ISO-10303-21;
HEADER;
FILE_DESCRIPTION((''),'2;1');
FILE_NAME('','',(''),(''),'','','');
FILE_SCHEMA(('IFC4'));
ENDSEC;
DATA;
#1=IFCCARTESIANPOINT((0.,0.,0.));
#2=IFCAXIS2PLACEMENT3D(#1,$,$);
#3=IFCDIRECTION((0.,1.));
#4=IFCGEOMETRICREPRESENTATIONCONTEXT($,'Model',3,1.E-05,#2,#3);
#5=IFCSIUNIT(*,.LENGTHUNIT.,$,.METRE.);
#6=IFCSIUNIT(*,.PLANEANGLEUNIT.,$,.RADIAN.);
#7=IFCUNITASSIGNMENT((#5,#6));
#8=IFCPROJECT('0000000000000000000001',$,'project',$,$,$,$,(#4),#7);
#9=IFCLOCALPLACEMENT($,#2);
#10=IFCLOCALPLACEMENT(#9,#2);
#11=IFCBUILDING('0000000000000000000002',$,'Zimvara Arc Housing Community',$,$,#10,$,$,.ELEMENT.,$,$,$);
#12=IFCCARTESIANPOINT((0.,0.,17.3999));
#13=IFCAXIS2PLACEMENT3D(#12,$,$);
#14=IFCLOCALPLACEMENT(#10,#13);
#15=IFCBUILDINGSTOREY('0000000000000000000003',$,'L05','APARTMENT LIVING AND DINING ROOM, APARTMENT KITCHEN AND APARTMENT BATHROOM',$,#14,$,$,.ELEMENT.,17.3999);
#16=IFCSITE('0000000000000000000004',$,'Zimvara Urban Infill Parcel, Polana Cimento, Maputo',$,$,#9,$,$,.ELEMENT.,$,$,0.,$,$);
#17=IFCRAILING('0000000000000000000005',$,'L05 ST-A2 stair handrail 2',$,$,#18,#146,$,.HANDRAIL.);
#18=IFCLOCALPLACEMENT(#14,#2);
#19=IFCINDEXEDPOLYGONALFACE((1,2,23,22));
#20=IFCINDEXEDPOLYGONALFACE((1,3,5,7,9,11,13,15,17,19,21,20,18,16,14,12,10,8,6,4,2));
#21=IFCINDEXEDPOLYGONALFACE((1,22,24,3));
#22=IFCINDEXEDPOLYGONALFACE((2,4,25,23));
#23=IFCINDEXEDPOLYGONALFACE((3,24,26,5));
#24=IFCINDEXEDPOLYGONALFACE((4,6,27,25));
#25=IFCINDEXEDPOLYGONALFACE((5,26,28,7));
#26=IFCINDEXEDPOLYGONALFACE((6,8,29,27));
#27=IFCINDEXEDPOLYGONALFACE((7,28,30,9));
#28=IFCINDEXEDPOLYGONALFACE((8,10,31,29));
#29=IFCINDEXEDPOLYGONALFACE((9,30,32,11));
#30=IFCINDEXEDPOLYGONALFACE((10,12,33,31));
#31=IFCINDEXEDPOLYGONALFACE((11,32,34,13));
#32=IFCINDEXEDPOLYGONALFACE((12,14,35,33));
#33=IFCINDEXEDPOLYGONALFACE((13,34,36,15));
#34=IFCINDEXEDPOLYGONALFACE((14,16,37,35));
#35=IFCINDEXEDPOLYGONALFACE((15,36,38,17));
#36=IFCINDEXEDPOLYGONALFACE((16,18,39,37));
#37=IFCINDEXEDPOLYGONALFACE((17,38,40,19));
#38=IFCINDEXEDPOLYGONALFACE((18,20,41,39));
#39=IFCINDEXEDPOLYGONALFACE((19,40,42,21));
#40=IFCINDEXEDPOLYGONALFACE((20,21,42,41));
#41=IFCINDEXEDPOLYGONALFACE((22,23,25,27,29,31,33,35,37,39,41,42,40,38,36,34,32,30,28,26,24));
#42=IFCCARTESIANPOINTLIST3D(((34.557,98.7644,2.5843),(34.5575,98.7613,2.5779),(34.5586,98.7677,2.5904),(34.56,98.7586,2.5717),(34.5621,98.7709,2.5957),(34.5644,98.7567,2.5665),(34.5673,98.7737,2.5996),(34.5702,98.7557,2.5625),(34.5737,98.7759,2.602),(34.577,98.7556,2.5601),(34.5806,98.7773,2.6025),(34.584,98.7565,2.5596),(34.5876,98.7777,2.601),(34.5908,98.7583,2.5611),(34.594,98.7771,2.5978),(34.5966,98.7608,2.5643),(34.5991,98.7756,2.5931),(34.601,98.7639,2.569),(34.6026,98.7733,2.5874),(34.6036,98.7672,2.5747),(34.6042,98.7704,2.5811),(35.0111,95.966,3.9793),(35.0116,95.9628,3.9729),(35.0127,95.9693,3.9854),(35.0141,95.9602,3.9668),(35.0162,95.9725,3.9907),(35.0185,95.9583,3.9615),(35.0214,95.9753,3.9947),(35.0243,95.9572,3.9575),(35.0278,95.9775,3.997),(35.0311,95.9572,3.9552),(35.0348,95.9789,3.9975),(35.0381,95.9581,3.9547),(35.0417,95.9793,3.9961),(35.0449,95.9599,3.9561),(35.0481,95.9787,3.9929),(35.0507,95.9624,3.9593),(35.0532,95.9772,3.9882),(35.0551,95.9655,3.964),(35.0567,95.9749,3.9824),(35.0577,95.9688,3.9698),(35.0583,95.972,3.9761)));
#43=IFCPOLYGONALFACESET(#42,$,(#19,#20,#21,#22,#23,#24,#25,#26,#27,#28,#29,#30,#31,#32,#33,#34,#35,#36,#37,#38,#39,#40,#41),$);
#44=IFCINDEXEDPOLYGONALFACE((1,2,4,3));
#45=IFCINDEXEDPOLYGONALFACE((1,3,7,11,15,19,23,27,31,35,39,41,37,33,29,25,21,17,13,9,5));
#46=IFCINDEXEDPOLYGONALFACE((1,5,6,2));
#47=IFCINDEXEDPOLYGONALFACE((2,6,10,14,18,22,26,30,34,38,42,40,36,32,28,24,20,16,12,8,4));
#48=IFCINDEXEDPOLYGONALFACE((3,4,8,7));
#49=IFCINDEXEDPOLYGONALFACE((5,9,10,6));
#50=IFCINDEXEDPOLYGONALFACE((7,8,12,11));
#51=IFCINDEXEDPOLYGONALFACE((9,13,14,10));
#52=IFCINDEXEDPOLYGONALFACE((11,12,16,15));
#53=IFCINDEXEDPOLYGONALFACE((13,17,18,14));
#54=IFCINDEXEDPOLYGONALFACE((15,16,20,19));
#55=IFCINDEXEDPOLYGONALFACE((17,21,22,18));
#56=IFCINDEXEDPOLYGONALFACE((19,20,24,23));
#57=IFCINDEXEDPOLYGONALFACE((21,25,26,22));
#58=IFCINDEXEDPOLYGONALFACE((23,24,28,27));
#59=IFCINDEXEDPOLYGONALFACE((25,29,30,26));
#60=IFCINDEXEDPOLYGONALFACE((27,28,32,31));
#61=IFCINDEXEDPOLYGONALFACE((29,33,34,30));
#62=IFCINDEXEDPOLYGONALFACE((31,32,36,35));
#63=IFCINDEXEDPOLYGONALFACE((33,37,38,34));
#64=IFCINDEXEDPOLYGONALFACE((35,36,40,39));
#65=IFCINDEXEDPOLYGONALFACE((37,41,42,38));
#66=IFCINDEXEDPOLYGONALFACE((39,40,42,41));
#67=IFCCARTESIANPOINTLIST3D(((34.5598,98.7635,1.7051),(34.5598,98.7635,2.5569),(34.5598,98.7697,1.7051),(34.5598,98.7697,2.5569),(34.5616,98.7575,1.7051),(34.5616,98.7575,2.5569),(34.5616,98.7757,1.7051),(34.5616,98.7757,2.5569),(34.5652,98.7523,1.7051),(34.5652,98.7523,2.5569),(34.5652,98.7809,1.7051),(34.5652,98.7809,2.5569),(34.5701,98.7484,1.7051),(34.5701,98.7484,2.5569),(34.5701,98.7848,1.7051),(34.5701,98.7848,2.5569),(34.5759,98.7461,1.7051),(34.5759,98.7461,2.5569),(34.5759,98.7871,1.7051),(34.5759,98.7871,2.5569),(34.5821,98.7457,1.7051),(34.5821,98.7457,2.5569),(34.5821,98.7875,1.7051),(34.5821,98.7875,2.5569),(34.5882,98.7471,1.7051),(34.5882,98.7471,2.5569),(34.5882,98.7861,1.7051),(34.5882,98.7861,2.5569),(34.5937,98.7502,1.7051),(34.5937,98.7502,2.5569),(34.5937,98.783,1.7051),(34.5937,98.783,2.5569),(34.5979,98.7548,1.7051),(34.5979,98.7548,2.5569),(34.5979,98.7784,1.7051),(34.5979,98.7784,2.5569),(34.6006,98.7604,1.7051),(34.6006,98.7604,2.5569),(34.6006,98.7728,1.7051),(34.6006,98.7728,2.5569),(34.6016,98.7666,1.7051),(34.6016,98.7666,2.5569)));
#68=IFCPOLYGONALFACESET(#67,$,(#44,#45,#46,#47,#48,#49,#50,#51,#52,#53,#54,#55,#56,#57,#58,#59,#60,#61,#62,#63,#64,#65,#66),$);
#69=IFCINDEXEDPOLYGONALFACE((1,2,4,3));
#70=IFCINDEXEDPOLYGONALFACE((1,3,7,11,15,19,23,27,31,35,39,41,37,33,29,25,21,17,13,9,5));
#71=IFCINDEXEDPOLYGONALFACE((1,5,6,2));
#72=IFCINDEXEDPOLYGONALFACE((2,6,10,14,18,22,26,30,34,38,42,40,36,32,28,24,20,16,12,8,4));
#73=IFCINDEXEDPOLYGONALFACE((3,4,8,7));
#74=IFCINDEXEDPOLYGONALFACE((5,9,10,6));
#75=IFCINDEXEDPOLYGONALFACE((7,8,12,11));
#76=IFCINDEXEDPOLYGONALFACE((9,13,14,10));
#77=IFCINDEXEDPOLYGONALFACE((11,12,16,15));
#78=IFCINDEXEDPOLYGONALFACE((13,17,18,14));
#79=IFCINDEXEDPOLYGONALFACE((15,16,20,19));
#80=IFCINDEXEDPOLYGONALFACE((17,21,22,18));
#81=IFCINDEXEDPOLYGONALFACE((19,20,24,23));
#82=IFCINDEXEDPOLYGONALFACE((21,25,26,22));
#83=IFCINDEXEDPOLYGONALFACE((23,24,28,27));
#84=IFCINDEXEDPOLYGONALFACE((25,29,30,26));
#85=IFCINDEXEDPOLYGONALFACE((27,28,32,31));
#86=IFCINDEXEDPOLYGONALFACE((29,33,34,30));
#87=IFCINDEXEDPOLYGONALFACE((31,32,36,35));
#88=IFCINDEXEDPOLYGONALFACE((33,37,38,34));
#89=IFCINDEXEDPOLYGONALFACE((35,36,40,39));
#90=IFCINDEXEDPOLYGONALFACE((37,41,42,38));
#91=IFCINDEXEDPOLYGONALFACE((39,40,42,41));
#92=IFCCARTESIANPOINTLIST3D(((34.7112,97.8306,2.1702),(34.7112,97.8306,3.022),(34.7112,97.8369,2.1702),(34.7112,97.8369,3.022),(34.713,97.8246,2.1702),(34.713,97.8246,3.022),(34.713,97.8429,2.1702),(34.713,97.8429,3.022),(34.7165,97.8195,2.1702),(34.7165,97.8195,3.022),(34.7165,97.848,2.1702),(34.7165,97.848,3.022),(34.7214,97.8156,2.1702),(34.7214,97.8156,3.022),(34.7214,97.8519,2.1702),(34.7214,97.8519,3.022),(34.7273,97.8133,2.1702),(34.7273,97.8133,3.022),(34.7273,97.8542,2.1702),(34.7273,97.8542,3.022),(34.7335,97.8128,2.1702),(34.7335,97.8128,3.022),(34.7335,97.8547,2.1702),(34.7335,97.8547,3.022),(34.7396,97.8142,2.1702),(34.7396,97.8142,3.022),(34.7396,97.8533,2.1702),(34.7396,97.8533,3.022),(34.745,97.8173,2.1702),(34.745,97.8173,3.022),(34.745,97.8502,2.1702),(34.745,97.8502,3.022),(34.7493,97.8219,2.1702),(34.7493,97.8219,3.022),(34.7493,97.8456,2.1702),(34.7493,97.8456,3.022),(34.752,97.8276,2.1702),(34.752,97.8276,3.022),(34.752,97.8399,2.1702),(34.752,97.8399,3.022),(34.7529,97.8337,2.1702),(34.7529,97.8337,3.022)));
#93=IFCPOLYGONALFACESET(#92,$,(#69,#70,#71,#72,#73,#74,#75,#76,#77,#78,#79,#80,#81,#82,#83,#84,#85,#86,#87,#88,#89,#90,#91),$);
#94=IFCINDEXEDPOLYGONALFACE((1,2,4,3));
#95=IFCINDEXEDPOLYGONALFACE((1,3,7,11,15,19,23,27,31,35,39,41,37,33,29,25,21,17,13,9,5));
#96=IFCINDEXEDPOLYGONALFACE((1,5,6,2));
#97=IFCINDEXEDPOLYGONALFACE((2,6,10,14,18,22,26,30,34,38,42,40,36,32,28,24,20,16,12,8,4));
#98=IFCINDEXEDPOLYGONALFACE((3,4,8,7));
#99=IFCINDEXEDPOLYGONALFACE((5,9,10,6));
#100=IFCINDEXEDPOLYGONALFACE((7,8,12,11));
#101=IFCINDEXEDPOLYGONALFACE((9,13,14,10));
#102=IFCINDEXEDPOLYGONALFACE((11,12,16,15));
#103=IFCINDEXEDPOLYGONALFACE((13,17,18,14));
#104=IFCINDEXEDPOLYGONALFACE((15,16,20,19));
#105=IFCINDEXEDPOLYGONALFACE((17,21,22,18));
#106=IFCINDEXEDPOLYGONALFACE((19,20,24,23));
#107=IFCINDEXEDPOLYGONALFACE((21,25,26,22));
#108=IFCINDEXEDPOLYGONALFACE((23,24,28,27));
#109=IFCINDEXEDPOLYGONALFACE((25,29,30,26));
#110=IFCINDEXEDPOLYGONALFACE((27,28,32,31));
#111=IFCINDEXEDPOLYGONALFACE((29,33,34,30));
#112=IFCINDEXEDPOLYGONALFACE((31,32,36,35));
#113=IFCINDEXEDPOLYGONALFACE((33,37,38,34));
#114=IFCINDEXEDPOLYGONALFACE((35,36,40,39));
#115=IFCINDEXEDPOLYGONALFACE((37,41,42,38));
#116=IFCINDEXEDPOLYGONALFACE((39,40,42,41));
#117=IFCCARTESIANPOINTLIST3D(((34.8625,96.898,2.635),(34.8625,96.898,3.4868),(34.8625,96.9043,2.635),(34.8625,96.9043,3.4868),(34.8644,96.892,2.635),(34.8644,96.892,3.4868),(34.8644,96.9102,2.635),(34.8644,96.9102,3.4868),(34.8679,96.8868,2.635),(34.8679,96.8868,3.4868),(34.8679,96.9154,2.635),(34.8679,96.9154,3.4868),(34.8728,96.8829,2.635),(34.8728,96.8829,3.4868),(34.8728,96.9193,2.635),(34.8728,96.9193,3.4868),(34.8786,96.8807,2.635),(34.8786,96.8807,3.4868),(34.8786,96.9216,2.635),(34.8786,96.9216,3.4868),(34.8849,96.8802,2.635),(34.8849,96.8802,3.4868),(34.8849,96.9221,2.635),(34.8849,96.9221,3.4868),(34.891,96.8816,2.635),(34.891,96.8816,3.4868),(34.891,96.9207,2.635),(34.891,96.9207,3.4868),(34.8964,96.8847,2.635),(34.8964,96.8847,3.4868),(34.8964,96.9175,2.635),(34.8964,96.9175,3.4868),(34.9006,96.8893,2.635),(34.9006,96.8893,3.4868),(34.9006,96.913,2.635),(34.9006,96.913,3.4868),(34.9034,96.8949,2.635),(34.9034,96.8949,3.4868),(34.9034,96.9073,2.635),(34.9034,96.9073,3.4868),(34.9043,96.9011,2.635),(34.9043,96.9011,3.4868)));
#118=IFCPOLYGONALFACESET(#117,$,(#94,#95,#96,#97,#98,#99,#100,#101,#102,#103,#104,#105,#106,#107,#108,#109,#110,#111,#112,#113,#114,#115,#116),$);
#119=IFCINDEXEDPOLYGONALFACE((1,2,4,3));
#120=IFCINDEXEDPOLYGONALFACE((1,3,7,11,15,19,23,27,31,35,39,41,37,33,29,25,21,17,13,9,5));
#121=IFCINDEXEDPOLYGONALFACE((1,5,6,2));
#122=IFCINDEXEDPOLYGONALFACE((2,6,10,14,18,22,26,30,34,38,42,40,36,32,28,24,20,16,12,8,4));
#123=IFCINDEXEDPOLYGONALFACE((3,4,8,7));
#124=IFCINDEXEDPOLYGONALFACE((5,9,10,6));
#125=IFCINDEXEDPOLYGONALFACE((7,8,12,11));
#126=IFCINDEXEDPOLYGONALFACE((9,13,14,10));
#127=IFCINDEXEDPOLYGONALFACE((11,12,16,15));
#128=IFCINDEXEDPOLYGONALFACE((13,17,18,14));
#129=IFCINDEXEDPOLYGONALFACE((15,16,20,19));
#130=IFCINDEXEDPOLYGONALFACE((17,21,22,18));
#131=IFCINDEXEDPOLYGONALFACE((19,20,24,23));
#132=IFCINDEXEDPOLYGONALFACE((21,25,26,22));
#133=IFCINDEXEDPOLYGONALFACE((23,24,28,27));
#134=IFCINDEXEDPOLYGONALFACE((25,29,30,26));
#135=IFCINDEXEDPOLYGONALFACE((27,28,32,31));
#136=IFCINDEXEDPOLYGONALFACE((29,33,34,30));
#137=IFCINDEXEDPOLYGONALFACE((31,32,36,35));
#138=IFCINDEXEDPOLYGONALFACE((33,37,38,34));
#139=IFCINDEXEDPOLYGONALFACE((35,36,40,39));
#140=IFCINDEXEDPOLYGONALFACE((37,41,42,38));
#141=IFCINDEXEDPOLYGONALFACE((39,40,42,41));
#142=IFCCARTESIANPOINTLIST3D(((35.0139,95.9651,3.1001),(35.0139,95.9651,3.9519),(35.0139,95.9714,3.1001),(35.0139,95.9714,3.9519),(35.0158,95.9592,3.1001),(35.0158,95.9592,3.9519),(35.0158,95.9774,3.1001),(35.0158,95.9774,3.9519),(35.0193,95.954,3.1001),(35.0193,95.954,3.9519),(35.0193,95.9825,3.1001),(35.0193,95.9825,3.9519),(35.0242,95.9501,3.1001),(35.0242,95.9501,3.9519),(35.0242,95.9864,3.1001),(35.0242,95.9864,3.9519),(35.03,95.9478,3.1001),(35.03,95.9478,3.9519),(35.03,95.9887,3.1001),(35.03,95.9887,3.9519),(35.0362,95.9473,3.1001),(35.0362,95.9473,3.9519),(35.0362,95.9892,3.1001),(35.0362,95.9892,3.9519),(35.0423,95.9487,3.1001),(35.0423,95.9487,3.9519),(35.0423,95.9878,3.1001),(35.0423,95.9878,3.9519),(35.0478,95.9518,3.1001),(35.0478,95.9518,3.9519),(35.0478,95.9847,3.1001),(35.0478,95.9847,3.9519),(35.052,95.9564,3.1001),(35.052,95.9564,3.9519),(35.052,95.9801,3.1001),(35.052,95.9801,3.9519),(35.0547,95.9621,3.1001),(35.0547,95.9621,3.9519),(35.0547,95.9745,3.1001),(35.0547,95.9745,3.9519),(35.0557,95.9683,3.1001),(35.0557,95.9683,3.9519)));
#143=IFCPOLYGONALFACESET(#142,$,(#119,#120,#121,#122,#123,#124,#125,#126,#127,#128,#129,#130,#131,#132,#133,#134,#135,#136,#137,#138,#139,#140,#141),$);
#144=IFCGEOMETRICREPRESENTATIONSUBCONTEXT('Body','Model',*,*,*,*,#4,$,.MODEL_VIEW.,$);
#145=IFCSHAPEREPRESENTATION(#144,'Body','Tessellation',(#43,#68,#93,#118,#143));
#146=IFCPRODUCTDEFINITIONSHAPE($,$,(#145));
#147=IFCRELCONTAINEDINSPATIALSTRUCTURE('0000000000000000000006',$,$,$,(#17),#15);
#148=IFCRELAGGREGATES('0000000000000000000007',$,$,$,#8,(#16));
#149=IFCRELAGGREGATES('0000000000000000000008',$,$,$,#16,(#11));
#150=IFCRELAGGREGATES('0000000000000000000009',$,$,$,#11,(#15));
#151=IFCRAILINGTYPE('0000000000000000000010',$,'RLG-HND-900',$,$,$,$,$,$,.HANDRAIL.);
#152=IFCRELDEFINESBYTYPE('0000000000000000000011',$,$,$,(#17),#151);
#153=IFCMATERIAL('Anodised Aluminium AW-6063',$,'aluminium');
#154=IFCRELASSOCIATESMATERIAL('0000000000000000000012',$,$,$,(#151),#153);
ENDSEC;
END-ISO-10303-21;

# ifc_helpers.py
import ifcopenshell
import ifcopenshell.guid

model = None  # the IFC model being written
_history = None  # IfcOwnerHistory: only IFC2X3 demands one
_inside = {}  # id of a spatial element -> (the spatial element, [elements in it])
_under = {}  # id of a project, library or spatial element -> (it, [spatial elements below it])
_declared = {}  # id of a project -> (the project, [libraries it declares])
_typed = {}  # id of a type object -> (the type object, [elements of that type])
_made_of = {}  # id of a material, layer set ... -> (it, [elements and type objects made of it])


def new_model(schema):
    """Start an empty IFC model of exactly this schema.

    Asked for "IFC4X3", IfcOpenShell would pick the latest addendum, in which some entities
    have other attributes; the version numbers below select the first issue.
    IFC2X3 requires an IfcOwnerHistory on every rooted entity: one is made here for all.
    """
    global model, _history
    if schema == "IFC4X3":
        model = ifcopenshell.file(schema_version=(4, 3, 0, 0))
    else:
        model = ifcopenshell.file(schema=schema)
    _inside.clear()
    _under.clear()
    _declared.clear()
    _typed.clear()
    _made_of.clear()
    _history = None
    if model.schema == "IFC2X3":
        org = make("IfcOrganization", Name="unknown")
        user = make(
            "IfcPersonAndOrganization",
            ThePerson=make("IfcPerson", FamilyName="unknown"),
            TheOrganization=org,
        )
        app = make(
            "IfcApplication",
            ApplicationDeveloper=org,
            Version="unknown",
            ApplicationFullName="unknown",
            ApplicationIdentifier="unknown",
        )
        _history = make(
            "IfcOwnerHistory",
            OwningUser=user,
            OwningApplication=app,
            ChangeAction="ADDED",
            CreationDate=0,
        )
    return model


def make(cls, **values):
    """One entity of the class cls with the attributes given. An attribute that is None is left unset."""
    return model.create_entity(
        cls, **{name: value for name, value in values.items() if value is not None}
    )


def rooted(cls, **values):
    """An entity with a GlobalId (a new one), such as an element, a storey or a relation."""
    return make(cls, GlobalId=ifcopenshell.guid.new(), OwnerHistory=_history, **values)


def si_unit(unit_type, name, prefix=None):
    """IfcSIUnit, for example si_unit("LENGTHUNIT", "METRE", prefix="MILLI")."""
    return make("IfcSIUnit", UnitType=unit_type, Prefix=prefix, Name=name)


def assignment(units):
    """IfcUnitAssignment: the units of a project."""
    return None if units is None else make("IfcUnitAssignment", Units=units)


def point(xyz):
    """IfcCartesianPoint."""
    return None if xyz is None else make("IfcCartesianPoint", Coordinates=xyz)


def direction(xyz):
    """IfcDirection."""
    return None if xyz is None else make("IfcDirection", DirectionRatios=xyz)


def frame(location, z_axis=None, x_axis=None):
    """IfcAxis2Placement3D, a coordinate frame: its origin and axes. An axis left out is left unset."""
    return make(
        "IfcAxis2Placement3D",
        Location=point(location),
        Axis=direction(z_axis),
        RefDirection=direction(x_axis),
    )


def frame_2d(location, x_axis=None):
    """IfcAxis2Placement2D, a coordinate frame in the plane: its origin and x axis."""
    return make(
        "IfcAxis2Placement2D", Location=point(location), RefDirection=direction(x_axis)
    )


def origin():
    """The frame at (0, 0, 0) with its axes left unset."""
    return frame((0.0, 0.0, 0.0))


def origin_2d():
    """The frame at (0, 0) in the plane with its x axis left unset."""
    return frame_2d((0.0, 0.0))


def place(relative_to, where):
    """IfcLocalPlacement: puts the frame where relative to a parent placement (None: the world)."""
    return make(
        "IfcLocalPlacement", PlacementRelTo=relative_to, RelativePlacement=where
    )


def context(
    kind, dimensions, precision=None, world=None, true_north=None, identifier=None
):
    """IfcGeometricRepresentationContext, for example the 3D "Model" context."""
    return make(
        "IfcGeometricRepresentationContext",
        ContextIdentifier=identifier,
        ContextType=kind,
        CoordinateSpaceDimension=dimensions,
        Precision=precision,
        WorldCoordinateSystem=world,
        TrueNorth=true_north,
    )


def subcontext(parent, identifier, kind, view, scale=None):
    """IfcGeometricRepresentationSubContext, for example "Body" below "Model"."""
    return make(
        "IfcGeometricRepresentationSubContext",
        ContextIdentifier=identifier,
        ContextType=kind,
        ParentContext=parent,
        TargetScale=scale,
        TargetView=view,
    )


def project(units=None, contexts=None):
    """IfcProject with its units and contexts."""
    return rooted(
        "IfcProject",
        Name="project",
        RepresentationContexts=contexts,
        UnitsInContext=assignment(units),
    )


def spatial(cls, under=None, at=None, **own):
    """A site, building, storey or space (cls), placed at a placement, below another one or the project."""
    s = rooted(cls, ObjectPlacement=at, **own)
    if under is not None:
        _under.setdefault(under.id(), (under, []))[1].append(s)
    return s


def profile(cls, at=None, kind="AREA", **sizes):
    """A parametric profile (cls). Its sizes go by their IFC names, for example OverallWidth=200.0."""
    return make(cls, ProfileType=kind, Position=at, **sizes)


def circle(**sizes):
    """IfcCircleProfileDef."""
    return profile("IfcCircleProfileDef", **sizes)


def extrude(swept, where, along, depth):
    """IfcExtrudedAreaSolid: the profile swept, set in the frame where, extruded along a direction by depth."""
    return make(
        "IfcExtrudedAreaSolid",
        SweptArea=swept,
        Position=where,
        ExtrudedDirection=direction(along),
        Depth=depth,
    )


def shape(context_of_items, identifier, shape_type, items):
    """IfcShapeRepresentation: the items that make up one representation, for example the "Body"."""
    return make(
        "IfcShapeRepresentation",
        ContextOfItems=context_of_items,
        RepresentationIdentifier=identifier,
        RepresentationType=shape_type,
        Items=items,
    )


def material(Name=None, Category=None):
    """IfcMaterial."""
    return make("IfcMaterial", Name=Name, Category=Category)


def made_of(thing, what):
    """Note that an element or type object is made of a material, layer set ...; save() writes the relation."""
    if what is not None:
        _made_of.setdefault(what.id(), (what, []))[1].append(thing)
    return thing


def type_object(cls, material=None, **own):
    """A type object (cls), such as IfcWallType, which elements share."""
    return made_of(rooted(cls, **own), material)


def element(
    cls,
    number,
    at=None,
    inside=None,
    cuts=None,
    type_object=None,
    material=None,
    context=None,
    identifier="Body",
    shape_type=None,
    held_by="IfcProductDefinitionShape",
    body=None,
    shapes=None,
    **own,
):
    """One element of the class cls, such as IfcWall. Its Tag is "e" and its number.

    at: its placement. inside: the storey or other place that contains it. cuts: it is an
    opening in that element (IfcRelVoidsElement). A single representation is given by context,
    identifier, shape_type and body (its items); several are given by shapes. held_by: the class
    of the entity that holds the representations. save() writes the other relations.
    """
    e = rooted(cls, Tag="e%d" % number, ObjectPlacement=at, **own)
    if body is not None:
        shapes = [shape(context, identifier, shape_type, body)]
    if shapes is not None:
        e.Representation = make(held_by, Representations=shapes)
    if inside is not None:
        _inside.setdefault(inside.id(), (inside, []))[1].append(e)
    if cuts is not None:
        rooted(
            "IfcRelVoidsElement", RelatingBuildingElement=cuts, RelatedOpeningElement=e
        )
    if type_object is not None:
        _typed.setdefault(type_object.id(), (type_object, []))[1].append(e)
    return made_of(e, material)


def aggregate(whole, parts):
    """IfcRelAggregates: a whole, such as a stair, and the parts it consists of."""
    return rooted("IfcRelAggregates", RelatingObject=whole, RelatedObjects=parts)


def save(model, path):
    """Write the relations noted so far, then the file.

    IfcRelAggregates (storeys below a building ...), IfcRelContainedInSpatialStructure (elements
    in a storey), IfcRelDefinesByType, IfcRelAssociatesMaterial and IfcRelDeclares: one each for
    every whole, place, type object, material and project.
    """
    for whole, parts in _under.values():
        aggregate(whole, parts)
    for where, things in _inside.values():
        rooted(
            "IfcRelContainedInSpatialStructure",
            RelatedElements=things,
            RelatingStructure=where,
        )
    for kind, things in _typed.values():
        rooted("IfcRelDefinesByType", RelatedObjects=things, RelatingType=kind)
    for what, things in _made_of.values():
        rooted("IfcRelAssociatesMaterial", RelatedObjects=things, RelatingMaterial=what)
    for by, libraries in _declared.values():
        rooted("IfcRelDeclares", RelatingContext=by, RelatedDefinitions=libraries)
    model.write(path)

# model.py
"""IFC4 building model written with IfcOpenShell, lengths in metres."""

from ifc_helpers import new_model, si_unit, direction, frame, origin, origin_2d, place, context, subcontext, project, spatial, circle, extrude, material, type_object, element, save


model = new_model("IFC4")

# Units and contexts
model_context = context("Model", 3, precision=1e-05, world=origin(), true_north=direction((0.0, 1.0)))
body_context = subcontext(model_context, "Body", "Model", "MODEL_VIEW")
ifc_project = project(units=[si_unit("LENGTHUNIT", "METRE"), si_unit("PLANEANGLEUNIT", "RADIAN")], contexts=[model_context])

# Site, building, storey
site_placement = place(None, origin())
site = spatial("IfcSite", under=ifc_project, at=site_placement, Name="Zimvara Urban Infill Parcel, Polana Cimento, Maputo", CompositionType="ELEMENT", RefElevation=0.0)
building_placement = place(site_placement, origin())
building = spatial("IfcBuilding", under=site, at=building_placement, Name="Zimvara Arc Housing Community", CompositionType="ELEMENT")
storey_placement = place(building_placement, frame((0.0, 0.0, 17.3999)))
storey = spatial("IfcBuildingStorey", under=building, at=storey_placement, Name="L05", Description="APARTMENT LIVING AND DINING ROOM, APARTMENT KITCHEN AND APARTMENT BATHROOM", CompositionType="ELEMENT", Elevation=17.3999)

# Railing
ifc_material_1 = material(Name="Anodised Aluminium AW-6063", Category="aluminium")
railing_type = type_object("IfcRailingType", Name="RLG-HND-900", PredefinedType="HANDRAIL", material=ifc_material_1)
railing_placement = place(storey_placement, frame((34.5806, 98.7666, 1.7051)))
element("IfcRailing", 1, at=railing_placement, inside=storey, type_object=railing_type, Name="L05 ST-A2 stair handrail 2", PredefinedType="HANDRAIL", context=body_context, shape_type="SweptSolid", body=[
    extrude(circle(Radius=0.0239, at=origin_2d()), frame((0.0, 0.0, 0.876), z_axis=(0.143722, -0.885666, 0.44152), x_axis=(0.987088, 0.16018, 0.0)), (0.0, 0.0, 1.0), 3.1597),
    extrude(circle(Radius=0.021, at=origin_2d()), origin(), (0.0, 0.0, 1.0), 0.8518),
    extrude(circle(Radius=0.021, at=origin_2d()), frame((0.1514, -0.9329, 0.4651)), (0.0, 0.0, 1.0), 0.8518),
    extrude(circle(Radius=0.021, at=origin_2d()), frame((0.3027, -1.8655, 0.9299)), (0.0, 0.0, 1.0), 0.8518),
    extrude(circle(Radius=0.021, at=origin_2d()), frame((0.4541, -2.7983, 1.395)), (0.0, 0.0, 1.0), 0.8518),
])

save(model, "model.ifc")
